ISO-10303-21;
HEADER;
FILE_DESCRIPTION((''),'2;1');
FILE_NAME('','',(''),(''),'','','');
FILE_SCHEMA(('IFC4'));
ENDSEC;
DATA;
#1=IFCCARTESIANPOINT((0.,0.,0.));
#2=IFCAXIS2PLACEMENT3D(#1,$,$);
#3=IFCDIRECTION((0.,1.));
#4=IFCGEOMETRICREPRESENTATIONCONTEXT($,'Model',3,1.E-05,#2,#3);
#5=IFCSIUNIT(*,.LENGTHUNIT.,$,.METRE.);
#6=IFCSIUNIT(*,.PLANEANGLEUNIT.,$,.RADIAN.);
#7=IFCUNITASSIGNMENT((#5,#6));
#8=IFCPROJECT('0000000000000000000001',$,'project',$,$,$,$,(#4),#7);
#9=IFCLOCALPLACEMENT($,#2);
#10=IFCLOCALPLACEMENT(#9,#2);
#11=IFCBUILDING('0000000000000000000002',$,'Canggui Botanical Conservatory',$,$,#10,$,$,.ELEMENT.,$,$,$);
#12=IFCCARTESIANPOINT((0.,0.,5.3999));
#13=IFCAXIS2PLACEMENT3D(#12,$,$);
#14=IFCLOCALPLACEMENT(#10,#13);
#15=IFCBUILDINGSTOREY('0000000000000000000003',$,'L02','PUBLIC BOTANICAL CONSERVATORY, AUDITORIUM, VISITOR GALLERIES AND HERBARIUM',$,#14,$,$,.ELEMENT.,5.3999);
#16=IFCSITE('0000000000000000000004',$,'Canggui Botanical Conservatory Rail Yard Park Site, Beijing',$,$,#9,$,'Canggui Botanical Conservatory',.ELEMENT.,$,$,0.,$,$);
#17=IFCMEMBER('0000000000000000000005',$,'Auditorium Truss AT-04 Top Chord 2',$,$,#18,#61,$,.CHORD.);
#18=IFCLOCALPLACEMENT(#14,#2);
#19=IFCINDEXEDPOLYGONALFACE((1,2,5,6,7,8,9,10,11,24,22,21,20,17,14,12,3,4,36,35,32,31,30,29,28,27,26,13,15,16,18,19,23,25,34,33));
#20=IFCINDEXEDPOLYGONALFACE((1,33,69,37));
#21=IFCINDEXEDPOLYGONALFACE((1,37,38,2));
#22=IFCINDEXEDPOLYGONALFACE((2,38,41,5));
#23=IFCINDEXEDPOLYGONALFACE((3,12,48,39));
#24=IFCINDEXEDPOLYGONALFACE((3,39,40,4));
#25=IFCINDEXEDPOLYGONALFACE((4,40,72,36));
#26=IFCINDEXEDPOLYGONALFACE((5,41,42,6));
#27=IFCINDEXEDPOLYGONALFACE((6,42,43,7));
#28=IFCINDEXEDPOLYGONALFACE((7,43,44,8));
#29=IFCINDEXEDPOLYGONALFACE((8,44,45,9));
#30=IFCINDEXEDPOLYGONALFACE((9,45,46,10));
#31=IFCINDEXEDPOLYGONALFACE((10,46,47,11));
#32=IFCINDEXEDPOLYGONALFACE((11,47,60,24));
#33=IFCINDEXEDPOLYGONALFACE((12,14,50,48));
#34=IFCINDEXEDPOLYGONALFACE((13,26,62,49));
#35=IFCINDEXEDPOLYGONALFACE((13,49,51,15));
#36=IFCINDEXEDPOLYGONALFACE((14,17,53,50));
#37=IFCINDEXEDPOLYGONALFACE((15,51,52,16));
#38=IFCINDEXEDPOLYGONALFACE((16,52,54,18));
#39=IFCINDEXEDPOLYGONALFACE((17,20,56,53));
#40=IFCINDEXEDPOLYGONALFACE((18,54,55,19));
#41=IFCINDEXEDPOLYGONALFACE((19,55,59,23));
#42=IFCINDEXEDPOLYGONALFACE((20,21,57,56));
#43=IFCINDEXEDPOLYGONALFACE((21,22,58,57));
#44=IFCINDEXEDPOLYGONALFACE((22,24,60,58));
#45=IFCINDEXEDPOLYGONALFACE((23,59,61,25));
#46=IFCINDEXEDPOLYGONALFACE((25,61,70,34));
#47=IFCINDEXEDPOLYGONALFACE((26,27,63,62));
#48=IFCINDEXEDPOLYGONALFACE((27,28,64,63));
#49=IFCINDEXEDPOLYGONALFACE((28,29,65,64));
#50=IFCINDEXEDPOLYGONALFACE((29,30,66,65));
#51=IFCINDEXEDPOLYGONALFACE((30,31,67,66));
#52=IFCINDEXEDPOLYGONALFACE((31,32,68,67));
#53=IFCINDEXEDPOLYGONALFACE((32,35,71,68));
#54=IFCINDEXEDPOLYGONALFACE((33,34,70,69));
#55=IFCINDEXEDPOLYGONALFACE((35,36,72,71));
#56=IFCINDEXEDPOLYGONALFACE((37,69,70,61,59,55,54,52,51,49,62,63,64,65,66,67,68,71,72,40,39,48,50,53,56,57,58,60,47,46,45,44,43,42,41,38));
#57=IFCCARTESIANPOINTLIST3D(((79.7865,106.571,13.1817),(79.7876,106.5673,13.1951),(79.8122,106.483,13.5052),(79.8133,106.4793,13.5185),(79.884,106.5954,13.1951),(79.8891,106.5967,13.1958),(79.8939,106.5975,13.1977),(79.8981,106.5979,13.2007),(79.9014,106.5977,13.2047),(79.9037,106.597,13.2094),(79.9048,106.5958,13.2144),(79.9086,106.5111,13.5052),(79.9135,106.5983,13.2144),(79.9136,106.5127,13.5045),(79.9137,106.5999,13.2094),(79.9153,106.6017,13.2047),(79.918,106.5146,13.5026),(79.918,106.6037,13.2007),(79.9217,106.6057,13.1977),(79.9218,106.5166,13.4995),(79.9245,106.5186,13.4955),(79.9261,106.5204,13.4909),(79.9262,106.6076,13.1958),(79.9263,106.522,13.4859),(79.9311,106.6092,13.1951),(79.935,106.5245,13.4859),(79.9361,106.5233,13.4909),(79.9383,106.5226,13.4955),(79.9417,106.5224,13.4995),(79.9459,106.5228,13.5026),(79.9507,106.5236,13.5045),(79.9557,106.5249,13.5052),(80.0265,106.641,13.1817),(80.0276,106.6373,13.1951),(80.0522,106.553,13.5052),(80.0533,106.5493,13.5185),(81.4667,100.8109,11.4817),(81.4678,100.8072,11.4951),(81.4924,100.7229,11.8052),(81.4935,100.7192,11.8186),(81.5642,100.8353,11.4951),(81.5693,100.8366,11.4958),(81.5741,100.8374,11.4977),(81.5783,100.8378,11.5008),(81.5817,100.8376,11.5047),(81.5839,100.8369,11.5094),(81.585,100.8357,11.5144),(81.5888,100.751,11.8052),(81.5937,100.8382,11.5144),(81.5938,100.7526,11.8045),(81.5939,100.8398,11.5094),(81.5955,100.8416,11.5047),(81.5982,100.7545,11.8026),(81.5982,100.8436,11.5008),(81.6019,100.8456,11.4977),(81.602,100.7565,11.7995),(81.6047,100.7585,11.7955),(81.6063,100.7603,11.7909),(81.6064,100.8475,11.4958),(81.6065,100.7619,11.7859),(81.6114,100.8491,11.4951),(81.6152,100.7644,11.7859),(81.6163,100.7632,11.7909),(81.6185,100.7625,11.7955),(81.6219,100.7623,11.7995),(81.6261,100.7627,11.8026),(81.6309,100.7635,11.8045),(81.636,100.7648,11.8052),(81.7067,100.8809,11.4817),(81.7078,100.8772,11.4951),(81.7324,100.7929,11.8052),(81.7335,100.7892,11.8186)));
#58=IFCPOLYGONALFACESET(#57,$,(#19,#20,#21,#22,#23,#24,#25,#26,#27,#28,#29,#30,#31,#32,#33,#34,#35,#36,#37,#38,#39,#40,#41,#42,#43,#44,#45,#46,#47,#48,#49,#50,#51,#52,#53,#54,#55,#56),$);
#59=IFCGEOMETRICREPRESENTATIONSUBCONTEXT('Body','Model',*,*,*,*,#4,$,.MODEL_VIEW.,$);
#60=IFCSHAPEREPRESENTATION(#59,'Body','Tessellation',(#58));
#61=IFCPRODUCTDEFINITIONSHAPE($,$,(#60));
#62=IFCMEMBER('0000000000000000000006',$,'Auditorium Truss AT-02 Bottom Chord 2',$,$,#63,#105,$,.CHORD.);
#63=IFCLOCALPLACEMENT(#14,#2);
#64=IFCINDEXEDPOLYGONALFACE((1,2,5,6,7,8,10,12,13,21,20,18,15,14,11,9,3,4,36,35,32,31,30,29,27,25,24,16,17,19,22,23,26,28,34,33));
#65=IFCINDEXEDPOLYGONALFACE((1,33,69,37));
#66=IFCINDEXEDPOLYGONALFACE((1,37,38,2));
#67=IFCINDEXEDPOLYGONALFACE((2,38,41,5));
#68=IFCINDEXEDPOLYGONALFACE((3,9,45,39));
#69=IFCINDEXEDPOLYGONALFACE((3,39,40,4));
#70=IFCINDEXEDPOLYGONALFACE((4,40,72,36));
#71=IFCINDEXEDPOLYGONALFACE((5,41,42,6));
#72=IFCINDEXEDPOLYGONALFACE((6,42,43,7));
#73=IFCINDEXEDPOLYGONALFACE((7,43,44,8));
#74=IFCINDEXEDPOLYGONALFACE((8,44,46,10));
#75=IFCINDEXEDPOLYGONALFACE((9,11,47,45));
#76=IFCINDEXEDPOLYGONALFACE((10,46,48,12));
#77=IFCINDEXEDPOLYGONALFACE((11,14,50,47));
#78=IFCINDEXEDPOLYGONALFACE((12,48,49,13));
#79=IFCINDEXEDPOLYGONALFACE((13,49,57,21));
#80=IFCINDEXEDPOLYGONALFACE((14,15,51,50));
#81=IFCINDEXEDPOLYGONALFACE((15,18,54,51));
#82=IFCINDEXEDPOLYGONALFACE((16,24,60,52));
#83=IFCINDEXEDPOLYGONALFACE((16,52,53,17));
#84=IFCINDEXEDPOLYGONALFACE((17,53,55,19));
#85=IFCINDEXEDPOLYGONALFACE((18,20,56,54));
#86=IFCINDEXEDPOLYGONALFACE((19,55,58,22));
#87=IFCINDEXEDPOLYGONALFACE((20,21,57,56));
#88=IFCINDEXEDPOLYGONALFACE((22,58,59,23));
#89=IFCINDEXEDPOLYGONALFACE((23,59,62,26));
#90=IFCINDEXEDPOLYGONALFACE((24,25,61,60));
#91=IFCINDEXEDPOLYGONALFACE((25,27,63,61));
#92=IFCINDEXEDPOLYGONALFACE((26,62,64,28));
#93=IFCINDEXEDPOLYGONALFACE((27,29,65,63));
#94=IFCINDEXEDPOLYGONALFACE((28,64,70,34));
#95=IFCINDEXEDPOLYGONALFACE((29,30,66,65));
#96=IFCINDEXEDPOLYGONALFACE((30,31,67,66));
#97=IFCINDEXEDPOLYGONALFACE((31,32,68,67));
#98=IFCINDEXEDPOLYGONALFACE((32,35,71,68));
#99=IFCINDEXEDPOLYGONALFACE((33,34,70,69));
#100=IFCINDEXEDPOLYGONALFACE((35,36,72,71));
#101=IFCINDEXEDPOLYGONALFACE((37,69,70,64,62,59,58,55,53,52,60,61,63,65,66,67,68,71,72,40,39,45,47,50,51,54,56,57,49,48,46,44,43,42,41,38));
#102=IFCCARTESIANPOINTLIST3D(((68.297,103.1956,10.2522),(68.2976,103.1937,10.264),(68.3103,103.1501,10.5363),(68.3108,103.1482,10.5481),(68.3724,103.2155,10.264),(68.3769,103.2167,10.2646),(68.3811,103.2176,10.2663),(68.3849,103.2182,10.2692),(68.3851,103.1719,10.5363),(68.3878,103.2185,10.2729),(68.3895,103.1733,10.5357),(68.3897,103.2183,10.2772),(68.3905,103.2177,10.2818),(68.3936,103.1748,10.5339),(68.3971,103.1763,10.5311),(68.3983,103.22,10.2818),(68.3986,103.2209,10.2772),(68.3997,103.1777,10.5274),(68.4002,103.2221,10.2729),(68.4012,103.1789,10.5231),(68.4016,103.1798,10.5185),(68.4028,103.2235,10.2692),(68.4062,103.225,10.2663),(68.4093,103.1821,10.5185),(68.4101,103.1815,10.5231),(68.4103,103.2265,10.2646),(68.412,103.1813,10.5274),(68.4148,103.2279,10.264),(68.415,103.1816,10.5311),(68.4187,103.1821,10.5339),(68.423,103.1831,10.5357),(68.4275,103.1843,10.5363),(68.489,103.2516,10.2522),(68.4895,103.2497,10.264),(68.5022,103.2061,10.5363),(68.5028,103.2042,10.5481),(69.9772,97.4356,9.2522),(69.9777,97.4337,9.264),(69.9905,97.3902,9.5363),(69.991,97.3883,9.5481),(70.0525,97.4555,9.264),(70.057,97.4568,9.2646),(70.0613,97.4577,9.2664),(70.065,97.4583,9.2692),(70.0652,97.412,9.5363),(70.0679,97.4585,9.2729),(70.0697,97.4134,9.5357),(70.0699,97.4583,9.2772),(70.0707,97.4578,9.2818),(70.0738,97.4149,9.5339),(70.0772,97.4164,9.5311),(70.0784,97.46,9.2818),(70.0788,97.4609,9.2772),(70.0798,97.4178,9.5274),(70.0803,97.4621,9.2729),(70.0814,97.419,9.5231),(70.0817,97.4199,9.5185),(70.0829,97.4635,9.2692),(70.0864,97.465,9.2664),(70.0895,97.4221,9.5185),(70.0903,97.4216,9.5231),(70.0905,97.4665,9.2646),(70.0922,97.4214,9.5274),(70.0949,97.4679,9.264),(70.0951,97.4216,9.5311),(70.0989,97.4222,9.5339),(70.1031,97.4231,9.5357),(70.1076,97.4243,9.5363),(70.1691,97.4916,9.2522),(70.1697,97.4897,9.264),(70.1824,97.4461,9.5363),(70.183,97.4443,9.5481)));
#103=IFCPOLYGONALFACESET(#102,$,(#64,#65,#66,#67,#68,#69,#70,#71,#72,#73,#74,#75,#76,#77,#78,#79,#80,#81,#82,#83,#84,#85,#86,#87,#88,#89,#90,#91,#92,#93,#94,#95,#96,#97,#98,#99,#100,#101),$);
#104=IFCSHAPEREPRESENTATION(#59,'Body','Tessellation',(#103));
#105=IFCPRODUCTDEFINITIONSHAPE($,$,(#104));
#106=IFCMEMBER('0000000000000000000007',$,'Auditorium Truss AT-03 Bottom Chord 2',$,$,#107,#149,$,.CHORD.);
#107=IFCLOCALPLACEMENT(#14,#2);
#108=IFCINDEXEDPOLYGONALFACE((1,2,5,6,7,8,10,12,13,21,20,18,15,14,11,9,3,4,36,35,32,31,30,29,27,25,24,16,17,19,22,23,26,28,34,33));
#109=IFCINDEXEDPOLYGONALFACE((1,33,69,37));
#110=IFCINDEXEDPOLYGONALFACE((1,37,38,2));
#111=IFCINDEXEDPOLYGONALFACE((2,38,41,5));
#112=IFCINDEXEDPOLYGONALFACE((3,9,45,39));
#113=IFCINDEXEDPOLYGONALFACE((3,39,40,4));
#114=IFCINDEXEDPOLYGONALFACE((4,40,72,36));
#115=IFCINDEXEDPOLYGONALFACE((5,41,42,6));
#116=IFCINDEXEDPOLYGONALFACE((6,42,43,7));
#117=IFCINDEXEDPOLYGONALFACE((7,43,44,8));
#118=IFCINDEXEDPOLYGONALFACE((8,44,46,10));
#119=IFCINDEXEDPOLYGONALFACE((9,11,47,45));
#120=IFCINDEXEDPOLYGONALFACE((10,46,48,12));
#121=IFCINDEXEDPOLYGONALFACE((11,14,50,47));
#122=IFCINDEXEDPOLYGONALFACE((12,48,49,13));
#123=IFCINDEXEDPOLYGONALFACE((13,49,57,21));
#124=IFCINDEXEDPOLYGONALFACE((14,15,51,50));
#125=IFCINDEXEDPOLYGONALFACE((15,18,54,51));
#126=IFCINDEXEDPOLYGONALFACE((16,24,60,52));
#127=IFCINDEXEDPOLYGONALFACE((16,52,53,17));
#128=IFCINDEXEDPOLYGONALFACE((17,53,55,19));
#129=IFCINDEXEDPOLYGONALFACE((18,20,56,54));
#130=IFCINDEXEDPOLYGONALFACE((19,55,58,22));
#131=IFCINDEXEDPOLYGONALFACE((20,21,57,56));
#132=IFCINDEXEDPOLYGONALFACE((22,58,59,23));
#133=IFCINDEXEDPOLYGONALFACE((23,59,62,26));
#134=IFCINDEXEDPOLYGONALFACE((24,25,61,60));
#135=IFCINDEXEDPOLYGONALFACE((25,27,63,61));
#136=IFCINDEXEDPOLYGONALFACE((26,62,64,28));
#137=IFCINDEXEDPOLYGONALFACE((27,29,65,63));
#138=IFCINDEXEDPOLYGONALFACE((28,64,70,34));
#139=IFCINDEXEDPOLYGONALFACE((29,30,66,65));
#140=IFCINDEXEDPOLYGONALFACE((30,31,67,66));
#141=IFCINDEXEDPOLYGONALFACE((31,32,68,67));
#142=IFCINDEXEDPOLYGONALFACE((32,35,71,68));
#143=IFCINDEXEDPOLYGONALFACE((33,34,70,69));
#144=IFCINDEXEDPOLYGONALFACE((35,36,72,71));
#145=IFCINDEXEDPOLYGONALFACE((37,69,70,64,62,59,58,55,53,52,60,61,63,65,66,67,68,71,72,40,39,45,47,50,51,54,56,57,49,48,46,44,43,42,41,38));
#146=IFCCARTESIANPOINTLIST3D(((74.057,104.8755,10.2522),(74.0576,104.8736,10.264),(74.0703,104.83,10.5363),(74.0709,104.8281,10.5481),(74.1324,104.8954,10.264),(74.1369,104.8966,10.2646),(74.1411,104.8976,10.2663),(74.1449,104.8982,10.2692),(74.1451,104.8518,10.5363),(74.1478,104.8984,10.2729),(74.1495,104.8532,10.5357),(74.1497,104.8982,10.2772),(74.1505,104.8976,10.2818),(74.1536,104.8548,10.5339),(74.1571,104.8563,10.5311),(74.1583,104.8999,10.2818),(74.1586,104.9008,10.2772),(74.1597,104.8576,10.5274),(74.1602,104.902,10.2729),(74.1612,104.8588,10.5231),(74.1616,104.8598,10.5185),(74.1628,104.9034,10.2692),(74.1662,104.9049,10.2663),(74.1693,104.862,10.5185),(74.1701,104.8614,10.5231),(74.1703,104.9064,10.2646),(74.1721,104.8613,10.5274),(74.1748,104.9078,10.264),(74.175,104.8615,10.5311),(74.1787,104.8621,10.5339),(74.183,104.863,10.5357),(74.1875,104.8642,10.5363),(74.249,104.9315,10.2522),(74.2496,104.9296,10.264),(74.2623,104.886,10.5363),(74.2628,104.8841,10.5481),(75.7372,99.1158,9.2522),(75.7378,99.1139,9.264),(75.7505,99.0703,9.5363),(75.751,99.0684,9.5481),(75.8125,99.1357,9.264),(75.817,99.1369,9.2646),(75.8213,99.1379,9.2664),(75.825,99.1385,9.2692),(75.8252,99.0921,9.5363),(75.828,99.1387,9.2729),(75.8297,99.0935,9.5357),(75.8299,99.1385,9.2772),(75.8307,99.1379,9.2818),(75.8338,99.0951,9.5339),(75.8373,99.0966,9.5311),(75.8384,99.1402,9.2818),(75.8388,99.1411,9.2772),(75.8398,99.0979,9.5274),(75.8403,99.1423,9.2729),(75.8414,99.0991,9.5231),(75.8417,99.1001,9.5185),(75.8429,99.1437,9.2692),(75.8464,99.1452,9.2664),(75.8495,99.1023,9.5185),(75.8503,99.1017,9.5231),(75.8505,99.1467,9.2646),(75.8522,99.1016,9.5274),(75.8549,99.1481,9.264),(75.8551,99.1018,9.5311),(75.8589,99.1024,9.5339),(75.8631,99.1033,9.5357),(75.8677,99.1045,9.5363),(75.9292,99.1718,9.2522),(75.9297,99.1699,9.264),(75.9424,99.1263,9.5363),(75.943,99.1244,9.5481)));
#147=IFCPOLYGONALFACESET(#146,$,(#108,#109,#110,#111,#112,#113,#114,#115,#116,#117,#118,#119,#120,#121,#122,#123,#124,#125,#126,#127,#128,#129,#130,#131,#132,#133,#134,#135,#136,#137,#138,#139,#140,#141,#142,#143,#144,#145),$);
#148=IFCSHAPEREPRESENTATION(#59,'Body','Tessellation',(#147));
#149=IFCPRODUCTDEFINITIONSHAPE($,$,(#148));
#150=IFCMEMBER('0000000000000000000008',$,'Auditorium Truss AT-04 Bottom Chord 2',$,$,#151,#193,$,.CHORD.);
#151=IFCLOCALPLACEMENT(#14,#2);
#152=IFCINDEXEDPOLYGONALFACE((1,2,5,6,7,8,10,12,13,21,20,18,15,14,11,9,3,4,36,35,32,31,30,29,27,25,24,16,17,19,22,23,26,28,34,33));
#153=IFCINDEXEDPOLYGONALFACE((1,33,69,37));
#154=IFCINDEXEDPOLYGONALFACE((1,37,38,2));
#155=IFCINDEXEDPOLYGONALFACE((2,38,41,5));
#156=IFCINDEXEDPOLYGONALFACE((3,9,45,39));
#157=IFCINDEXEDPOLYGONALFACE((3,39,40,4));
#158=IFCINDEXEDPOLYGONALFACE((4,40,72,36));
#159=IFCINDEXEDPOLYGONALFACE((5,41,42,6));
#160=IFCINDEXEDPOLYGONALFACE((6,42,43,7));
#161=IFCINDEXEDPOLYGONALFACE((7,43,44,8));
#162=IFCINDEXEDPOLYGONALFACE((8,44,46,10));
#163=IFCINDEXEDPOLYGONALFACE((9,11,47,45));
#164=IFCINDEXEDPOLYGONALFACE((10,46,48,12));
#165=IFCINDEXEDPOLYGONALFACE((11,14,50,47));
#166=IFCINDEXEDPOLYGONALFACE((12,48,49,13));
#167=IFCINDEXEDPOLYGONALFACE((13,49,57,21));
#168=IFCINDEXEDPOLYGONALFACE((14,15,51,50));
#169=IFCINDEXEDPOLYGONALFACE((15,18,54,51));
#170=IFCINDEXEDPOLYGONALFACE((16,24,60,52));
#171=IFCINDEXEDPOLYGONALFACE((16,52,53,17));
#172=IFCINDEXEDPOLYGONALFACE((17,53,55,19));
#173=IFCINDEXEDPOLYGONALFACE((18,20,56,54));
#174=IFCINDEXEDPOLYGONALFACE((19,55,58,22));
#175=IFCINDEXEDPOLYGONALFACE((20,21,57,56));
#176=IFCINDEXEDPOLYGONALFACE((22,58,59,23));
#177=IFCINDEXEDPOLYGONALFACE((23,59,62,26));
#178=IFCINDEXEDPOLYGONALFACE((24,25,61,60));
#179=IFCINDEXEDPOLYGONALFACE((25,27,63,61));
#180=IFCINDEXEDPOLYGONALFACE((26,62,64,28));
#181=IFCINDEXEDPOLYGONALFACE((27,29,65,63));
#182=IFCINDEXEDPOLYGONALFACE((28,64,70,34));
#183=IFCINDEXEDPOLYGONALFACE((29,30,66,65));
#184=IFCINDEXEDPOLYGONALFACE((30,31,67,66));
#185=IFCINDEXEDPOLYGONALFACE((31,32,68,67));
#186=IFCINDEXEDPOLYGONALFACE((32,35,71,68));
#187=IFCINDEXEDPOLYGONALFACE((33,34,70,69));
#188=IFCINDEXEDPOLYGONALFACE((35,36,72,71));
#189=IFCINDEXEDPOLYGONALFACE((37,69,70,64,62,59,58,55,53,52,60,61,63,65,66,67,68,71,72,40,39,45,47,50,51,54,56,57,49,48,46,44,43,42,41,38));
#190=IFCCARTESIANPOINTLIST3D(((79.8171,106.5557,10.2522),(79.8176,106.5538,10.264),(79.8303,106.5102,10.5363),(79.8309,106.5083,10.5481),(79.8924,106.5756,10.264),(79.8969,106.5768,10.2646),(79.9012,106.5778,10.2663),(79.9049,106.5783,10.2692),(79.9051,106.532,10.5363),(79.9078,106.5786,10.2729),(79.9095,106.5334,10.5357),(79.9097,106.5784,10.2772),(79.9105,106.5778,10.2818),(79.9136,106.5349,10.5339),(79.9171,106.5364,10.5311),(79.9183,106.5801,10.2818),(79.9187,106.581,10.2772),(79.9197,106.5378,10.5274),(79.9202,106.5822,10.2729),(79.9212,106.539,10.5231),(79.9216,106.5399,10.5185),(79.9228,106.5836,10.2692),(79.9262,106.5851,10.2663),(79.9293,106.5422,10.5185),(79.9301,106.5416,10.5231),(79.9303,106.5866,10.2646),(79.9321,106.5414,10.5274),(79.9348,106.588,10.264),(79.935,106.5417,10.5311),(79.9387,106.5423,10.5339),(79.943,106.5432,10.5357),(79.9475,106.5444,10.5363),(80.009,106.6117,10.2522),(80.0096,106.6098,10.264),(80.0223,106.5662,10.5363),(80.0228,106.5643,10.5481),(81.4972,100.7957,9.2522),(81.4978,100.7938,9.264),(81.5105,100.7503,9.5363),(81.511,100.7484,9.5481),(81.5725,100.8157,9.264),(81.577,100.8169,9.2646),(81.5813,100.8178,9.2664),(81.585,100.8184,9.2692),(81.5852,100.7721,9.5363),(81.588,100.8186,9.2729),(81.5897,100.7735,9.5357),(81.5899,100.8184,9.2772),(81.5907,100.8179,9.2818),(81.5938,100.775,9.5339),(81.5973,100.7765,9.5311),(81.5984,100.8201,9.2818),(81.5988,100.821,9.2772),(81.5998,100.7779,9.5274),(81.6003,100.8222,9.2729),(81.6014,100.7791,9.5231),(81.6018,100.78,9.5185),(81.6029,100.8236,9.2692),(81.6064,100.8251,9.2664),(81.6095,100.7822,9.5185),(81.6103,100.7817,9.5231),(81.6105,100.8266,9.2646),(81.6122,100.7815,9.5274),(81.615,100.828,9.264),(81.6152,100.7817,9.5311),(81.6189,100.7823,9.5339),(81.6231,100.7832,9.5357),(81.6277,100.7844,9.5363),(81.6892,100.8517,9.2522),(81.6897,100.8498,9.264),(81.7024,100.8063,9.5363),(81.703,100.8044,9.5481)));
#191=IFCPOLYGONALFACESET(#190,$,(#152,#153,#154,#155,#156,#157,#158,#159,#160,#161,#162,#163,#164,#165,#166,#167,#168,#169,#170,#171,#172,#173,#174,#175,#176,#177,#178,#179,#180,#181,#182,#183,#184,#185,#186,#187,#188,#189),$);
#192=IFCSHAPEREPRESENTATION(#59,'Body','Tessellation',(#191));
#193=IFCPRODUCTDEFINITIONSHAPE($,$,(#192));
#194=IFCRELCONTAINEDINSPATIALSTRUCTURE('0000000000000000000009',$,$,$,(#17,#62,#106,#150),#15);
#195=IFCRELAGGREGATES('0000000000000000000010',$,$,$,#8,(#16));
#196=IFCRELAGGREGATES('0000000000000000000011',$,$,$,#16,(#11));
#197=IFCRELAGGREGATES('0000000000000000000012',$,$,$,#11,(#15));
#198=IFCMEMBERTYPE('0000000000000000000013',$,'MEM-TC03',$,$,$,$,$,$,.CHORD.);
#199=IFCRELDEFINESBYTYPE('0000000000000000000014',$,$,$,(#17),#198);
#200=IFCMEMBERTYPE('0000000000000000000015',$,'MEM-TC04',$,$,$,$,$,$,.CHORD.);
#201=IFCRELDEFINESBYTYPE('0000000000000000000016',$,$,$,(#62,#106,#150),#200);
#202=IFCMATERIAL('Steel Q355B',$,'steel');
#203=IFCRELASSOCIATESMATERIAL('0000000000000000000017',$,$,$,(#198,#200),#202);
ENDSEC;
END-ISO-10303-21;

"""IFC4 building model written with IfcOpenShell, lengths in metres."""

from ifc_helpers import new_model, si_unit, direction, frame, origin, origin_2d, place, context, subcontext, project, spatial, i_section, extrude, material, material_profile, profile_set, type_object, element, save


model = new_model("IFC4")

# Units and contexts
model_context = context("Model", 3, precision=1e-05, world=origin(), true_north=direction((0.0, 1.0)))
body_context = subcontext(model_context, "Body", "Model", "MODEL_VIEW")
ifc_project = project(units=[si_unit("LENGTHUNIT", "METRE"), si_unit("PLANEANGLEUNIT", "RADIAN")], contexts=[model_context])

# Site, building, storey
site_placement = place(None, origin())
site = spatial("IfcSite", under=ifc_project, at=site_placement, Name="Canggui Botanical Conservatory Rail Yard Park Site, Beijing", LongName="Canggui Botanical Conservatory", CompositionType="ELEMENT", RefElevation=0.0)
building_placement = place(site_placement, origin())
building = spatial("IfcBuilding", under=site, at=building_placement, Name="Canggui Botanical Conservatory", CompositionType="ELEMENT")
storey_placement = place(building_placement, frame((0.0, 0.0, 5.3999)))
storey = spatial("IfcBuildingStorey", under=building, at=storey_placement, Name="L02", Description="PUBLIC BOTANICAL CONSERVATORY, AUDITORIUM, VISITOR GALLERIES AND HERBARIUM", CompositionType="ELEMENT", Elevation=5.3999)

# Shared definitions
ifc_material_1 = material(Name="Steel Q355B", Category="steel")

# Members
ifc_material_profile_1 = material_profile(ifc_material_1, i_section(OverallWidth=0.25, OverallDepth=0.3501, WebThickness=0.009, FlangeThickness=0.0139, FilletRadius=0.02, at=origin_2d()), Name="HM 350x250x9x14")
ifc_profile_set_1 = profile_set([ifc_material_profile_1], Name="Steel Q355B")
member_type_1 = type_object("IfcMemberType", Name="MEM-TC03", PredefinedType="CHORD", material=ifc_profile_set_1)
member_1_placement = place(storey_placement, frame((81.6001, 100.8, 11.6501), z_axis=(-0.269422, 0.923637, 0.272593), x_axis=(-0.959992, -0.280027, 0.0)))
element("IfcMember", 1, at=member_1_placement, inside=storey, type_object=member_type_1, Name="Auditorium Truss AT-04 Top Chord 2", PredefinedType="CHORD", context=body_context, shape_type="SweptSolid", body=[
    extrude(i_section(OverallWidth=0.25, OverallDepth=0.3501, WebThickness=0.009, FlangeThickness=0.0139, FilletRadius=0.02, at=origin_2d()), origin(), (0.0, 0.0, 1.0), 6.2363),
])
ifc_material_profile_2 = material_profile(ifc_material_1, i_section(OverallWidth=0.2, OverallDepth=0.3, WebThickness=0.0081, FlangeThickness=0.012, FilletRadius=0.0181, at=origin_2d()), Name="HM 300x200x8x12")
ifc_profile_set_2 = profile_set([ifc_material_profile_2], Name="Steel Q355B")
member_type_2 = type_object("IfcMemberType", Name="MEM-TC04", PredefinedType="CHORD", material=ifc_profile_set_2)
member_2_placement = place(storey_placement, frame((70.0801, 97.4399, 9.4001), z_axis=(-0.276217, 0.946931, 0.164397), x_axis=(-0.959992, -0.280027, 0.0)))
element("IfcMember", 2, at=member_2_placement, inside=storey, type_object=member_type_2, Name="Auditorium Truss AT-02 Bottom Chord 2", PredefinedType="CHORD", context=body_context, shape_type="SweptSolid", body=[
    extrude(i_section(OverallWidth=0.2, OverallDepth=0.3, WebThickness=0.0081, FlangeThickness=0.012, FilletRadius=0.0181, at=origin_2d()), origin(), (0.0, 0.0, 1.0), 6.0828),
])
member_3_placement = place(storey_placement, frame((75.8401, 99.1201, 9.4001), z_axis=(-0.276227, 0.946927, 0.164404), x_axis=(-0.959989, -0.280038, 0.0)))
element("IfcMember", 3, at=member_3_placement, inside=storey, type_object=member_type_2, Name="Auditorium Truss AT-03 Bottom Chord 2", PredefinedType="CHORD", context=body_context, shape_type="SweptSolid", body=[
    extrude(i_section(OverallWidth=0.2, OverallDepth=0.3, WebThickness=0.0081, FlangeThickness=0.012, FilletRadius=0.0181, at=origin_2d()), origin(), (0.0, 0.0, 1.0), 6.0825),
])
member_4_placement = place(storey_placement, frame((81.6001, 100.8, 9.4001), z_axis=(-0.276217, 0.946931, 0.164397), x_axis=(-0.959992, -0.280027, 0.0)))
element("IfcMember", 4, at=member_4_placement, inside=storey, type_object=member_type_2, Name="Auditorium Truss AT-04 Bottom Chord 2", PredefinedType="CHORD", context=body_context, shape_type="SweptSolid", body=[
    extrude(i_section(OverallWidth=0.2, OverallDepth=0.3, WebThickness=0.0081, FlangeThickness=0.012, FilletRadius=0.0181, at=origin_2d()), origin(), (0.0, 0.0, 1.0), 6.0828),
])

save(model, "model.ifc")
